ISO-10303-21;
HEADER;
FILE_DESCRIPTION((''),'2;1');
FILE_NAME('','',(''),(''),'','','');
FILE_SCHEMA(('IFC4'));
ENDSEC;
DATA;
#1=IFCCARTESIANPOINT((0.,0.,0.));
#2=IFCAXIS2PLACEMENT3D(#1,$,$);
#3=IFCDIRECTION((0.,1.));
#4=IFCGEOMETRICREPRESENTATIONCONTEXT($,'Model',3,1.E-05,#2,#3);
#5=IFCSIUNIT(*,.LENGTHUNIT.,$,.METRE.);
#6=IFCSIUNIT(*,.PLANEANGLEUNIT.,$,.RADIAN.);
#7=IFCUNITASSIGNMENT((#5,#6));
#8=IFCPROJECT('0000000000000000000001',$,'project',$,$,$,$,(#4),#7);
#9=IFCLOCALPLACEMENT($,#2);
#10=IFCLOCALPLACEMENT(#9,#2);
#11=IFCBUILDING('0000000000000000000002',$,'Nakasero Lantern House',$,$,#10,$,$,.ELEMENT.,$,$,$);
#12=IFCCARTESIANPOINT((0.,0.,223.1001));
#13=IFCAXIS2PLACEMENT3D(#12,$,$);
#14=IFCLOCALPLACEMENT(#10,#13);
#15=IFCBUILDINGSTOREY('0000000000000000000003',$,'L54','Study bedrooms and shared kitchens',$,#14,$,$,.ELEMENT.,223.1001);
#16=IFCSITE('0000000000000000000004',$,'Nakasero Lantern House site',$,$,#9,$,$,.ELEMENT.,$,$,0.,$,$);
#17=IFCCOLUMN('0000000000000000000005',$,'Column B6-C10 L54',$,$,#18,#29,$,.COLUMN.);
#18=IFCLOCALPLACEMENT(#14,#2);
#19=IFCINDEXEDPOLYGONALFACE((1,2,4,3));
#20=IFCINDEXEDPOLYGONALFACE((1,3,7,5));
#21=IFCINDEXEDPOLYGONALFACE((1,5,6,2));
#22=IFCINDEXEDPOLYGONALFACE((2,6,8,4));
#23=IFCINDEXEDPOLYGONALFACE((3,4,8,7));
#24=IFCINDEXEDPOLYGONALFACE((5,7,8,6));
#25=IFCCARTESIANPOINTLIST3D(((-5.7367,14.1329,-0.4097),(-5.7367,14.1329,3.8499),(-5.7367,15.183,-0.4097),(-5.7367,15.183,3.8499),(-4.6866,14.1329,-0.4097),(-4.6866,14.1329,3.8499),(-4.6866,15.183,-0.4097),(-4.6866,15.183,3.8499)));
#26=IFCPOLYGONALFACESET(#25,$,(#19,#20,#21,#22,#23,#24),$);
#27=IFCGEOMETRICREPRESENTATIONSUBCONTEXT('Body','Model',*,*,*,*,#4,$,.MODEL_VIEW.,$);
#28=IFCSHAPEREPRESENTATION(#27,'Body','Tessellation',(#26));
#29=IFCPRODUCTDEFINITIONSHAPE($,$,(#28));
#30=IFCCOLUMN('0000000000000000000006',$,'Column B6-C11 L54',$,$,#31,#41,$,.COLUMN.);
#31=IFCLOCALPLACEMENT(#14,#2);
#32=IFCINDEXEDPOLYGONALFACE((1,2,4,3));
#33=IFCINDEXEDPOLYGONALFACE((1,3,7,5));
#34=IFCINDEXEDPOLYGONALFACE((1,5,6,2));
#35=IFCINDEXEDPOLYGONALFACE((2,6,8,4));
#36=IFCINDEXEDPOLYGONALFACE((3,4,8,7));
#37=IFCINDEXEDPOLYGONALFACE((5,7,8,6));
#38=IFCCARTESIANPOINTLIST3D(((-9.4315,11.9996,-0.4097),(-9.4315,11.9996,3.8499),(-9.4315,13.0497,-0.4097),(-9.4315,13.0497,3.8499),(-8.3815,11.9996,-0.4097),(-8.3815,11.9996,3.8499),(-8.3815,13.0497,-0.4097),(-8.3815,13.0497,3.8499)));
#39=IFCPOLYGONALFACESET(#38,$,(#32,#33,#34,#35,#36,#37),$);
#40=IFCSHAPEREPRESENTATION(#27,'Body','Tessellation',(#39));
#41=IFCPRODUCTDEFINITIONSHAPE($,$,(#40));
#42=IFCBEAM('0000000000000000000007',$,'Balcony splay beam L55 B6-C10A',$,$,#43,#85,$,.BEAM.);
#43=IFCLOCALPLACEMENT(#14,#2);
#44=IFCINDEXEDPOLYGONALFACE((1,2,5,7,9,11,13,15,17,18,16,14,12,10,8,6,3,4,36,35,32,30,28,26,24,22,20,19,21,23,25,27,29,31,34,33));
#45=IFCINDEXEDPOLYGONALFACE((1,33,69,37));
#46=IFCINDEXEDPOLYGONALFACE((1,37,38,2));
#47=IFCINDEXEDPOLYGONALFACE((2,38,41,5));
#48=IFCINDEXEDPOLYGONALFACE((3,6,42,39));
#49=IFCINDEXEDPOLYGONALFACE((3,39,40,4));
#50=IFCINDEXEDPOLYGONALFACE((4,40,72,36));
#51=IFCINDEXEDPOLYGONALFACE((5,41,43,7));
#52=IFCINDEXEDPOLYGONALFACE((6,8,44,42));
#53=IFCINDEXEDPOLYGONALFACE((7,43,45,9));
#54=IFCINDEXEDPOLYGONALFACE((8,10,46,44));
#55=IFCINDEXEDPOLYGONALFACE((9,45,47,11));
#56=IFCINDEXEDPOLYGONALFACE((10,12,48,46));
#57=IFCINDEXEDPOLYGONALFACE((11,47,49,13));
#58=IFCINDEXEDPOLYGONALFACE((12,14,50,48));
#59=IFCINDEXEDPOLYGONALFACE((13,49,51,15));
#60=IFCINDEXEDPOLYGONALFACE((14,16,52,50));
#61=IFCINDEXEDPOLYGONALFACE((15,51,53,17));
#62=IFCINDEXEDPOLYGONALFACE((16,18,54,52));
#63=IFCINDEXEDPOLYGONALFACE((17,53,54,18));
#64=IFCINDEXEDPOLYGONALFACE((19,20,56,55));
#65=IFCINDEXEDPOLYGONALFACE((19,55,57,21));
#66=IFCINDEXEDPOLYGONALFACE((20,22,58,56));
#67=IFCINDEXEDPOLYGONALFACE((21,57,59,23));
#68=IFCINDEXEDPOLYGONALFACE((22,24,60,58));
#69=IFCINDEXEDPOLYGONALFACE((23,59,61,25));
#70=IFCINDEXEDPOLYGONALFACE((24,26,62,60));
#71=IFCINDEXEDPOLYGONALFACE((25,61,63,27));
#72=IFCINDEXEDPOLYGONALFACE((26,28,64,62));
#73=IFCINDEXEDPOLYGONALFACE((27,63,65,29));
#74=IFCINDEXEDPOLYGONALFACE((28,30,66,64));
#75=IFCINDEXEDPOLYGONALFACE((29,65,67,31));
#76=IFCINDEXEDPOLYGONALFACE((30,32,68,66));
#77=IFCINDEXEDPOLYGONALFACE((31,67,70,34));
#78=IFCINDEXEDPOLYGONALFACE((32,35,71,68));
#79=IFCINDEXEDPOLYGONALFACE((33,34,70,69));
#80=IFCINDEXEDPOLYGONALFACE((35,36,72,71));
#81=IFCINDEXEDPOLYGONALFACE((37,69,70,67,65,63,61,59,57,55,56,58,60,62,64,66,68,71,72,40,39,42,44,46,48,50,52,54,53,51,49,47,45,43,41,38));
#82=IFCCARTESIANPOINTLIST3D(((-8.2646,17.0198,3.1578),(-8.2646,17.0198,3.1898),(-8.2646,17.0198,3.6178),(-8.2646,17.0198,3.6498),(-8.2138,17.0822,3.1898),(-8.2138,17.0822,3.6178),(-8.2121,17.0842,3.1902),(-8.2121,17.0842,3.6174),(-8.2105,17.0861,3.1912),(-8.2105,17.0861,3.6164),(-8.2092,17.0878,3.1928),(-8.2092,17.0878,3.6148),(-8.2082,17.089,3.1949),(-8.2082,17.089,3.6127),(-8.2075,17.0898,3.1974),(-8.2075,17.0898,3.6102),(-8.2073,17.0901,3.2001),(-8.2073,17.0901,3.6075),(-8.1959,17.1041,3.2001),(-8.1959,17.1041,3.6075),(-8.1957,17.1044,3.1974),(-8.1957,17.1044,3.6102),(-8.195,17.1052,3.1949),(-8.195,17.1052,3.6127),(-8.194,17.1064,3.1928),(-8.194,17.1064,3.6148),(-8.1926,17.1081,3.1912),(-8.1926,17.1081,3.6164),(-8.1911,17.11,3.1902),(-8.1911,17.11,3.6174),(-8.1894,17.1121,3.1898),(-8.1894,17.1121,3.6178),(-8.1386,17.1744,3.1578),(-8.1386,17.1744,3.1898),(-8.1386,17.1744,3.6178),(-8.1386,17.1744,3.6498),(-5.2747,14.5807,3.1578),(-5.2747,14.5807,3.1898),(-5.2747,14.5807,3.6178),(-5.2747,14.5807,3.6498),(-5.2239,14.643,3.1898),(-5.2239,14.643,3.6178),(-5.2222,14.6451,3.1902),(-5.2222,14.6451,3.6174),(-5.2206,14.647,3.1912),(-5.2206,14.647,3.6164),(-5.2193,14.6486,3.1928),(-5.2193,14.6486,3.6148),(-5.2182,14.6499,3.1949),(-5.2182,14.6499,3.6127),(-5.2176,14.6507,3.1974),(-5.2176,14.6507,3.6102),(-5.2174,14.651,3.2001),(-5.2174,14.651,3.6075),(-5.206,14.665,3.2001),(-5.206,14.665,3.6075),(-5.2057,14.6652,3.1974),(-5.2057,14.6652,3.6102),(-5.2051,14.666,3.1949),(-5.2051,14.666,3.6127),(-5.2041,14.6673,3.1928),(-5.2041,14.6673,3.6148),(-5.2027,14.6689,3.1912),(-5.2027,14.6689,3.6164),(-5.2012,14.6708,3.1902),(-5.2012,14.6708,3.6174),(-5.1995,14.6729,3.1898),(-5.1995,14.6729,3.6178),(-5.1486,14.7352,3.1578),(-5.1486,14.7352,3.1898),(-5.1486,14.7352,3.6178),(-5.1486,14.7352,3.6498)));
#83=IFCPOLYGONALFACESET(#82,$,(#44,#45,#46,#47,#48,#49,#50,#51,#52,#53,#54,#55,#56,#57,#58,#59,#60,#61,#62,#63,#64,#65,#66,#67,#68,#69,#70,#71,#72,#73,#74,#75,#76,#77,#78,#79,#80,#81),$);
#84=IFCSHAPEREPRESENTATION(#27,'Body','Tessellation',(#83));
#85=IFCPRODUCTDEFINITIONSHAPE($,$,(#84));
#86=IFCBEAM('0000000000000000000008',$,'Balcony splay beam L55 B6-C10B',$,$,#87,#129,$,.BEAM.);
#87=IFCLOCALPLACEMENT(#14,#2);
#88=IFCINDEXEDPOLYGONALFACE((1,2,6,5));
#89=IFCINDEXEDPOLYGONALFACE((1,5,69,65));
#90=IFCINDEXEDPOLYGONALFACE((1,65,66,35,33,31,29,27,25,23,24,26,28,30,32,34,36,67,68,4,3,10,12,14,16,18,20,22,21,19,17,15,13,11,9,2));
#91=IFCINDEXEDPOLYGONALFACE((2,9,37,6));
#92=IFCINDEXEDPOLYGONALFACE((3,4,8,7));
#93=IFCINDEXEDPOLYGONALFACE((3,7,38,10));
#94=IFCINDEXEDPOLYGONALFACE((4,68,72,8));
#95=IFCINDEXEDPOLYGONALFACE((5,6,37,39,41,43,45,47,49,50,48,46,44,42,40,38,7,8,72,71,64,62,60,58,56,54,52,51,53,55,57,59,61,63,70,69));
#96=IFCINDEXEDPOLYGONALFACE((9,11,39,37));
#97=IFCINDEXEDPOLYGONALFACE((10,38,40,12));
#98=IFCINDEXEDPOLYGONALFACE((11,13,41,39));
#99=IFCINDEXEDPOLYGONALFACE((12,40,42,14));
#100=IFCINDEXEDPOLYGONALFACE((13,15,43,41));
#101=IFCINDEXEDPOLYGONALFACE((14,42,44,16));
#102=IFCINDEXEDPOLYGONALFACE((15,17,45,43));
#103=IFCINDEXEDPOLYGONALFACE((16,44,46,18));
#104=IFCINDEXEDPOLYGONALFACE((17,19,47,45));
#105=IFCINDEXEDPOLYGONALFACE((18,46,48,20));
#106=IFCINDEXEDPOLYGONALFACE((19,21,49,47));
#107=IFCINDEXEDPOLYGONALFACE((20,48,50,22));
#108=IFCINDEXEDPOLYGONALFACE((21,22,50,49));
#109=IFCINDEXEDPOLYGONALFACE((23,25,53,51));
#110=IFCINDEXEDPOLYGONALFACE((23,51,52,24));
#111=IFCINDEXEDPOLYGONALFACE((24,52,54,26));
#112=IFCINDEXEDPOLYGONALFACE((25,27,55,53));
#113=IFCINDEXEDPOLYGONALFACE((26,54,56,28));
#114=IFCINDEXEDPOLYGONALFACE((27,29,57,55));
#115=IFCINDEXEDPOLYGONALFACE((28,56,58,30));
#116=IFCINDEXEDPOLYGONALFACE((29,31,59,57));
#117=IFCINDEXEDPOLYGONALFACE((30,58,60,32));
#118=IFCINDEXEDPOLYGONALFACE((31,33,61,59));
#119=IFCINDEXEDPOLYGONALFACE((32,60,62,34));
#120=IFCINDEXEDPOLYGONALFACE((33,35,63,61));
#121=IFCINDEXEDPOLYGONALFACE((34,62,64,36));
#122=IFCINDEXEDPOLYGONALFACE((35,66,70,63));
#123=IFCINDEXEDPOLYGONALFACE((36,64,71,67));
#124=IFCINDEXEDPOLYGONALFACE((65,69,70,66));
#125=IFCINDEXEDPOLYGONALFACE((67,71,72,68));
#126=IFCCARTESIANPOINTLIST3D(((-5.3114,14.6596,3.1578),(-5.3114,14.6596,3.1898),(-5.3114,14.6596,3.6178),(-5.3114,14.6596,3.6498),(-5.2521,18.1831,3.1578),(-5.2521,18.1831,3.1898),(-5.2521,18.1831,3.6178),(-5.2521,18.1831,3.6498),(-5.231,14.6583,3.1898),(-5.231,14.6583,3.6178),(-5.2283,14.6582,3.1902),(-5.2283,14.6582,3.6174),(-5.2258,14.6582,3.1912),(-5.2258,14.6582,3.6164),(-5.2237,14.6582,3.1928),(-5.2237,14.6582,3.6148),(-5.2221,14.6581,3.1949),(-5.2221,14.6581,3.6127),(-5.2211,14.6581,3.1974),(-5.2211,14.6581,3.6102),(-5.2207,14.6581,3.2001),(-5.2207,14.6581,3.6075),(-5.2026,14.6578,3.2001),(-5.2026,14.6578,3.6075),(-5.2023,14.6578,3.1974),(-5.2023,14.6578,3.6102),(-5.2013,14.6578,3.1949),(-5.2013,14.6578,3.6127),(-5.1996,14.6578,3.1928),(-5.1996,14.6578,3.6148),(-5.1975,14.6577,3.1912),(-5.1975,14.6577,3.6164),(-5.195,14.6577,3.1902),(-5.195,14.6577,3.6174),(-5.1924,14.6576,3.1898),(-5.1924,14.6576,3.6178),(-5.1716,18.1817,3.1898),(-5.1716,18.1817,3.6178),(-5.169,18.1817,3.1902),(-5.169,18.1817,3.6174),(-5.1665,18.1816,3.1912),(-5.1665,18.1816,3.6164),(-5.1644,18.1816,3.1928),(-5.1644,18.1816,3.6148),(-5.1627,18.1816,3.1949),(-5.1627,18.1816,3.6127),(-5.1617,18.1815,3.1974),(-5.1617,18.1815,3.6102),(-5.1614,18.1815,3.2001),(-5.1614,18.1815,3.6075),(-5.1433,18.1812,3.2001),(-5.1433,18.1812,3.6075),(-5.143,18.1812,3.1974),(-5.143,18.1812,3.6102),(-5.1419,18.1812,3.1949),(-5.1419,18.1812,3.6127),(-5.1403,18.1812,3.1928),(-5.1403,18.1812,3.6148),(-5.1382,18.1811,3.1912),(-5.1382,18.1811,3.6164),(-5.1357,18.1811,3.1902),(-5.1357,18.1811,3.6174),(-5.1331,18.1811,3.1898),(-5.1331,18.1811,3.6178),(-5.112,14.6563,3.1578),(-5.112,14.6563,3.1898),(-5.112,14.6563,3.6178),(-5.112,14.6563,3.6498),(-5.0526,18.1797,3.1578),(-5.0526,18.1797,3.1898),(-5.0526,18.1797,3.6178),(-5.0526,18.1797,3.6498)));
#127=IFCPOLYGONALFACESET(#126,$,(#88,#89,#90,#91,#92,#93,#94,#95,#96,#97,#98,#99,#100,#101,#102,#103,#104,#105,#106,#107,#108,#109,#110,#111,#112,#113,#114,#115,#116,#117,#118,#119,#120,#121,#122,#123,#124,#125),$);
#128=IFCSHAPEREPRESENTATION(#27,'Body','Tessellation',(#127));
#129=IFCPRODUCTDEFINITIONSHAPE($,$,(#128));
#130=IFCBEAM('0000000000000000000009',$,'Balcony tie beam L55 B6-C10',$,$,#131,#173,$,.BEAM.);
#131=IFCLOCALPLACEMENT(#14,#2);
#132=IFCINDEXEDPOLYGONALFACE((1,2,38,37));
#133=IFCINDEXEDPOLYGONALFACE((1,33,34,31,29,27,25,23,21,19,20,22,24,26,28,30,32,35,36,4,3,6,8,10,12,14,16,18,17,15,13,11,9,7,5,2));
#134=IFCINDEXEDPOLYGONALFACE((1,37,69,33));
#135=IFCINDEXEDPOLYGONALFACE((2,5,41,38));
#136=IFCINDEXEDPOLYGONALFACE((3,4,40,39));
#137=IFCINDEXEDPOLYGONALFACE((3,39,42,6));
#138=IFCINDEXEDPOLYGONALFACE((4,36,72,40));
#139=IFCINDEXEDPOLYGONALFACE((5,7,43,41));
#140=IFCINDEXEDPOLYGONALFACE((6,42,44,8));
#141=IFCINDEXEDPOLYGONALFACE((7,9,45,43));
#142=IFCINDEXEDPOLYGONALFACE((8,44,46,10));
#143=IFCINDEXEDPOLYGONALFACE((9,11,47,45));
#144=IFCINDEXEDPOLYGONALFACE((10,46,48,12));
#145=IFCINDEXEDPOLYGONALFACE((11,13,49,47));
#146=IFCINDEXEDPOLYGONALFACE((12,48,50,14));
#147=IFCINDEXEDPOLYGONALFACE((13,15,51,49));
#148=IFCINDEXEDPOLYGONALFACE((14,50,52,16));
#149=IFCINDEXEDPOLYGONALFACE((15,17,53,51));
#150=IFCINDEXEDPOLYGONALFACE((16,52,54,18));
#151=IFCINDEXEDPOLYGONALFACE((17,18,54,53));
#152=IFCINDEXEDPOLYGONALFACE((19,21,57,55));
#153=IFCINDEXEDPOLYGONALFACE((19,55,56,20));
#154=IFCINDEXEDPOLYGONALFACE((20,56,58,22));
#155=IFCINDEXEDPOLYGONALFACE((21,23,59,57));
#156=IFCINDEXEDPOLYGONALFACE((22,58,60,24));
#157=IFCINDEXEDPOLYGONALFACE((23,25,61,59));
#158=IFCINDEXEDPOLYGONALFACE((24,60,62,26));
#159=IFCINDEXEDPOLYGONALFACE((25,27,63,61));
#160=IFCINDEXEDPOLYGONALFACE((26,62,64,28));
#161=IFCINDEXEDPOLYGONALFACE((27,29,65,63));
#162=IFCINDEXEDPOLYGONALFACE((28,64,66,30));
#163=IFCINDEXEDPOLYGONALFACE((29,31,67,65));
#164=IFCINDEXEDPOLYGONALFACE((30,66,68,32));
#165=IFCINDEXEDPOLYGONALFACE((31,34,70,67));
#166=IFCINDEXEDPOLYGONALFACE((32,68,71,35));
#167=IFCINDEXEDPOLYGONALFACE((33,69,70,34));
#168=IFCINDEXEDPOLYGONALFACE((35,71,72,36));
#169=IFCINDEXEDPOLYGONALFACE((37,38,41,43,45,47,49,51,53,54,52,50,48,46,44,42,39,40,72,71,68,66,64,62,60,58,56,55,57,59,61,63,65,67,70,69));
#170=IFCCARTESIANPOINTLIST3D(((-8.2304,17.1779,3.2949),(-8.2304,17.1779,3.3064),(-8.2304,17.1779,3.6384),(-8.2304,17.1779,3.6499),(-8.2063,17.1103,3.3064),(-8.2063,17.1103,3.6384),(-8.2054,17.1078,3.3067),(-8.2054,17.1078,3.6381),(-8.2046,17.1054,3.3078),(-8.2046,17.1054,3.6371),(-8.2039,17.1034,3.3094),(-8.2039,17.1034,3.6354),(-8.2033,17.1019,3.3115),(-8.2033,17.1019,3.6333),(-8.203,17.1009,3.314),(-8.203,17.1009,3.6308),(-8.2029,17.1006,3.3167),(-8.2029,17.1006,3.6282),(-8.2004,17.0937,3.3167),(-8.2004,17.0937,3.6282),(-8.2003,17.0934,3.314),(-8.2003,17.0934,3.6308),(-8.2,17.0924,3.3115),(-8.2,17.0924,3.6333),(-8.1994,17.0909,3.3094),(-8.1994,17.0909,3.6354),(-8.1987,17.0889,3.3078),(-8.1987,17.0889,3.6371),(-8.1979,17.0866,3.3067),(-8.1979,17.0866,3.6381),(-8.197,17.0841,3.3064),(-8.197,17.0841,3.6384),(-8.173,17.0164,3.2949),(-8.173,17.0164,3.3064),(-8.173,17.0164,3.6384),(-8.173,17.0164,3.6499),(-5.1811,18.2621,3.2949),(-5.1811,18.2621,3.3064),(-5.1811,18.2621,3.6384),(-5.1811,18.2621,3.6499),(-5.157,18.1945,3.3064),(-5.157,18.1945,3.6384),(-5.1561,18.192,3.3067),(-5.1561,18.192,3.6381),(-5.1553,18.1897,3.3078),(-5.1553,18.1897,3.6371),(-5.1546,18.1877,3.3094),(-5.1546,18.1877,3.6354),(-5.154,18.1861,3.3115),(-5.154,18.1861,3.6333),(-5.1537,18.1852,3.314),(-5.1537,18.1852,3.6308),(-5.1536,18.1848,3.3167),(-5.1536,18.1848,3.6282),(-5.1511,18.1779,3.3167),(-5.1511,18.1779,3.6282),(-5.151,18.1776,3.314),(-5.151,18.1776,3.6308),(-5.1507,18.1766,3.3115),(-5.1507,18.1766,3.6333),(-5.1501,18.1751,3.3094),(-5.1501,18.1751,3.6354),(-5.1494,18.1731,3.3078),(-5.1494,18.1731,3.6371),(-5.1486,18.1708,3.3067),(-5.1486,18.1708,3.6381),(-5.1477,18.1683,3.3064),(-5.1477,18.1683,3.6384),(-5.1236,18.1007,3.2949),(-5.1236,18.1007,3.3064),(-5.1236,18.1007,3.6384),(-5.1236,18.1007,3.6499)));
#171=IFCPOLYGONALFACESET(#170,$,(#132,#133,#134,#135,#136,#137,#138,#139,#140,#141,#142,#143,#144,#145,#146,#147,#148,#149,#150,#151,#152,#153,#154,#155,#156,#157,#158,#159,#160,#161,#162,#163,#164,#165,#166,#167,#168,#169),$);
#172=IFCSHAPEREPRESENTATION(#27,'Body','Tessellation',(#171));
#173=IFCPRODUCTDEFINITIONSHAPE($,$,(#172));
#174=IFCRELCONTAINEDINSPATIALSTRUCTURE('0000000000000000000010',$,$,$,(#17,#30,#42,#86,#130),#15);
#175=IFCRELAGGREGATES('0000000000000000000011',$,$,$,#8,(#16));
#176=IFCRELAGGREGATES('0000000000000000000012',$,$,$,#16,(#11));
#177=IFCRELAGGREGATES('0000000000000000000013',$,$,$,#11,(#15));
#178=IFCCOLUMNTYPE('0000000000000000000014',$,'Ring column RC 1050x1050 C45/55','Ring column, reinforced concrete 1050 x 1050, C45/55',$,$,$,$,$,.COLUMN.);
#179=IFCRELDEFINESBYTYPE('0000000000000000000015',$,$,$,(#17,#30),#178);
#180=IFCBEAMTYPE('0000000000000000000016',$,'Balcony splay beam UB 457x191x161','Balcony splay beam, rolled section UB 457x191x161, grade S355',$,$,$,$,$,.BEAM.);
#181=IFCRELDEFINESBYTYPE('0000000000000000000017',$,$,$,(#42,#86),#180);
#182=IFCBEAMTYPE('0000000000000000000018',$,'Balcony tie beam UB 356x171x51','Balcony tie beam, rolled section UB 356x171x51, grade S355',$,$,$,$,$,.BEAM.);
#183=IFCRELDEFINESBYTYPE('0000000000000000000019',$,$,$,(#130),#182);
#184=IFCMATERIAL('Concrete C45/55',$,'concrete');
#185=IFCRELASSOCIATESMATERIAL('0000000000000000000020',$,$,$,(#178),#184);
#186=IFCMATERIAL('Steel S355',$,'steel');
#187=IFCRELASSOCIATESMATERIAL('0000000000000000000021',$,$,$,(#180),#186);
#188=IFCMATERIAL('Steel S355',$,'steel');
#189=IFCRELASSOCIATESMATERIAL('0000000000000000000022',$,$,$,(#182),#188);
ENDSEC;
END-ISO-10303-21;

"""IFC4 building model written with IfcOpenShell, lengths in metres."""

from ifc_helpers import new_model, si_unit, direction, frame, origin, origin_2d, place, context, subcontext, project, spatial, rectangle, i_section, extrude, material, material_profile, profile_set, type_object, element, save


model = new_model("IFC4")

# Units and contexts
model_context = context("Model", 3, precision=1e-05, world=origin(), true_north=direction((0.0, 1.0)))
body_context = subcontext(model_context, "Body", "Model", "MODEL_VIEW")
ifc_project = project(units=[si_unit("LENGTHUNIT", "METRE"), si_unit("PLANEANGLEUNIT", "RADIAN")], contexts=[model_context])

# Site, building, storey
site_placement = place(None, origin())
site = spatial("IfcSite", under=ifc_project, at=site_placement, Name="Nakasero Lantern House site", CompositionType="ELEMENT", RefElevation=0.0)
building_placement = place(site_placement, origin())
building = spatial("IfcBuilding", under=site, at=building_placement, Name="Nakasero Lantern House", CompositionType="ELEMENT")
storey_placement = place(building_placement, frame((0.0, 0.0, 223.1001)))
storey = spatial("IfcBuildingStorey", under=building, at=storey_placement, Name="L54", Description="Study bedrooms and shared kitchens", CompositionType="ELEMENT", Elevation=223.1001)

# Columns
ifc_material_1 = material(Name="Concrete C45/55", Category="concrete")
ifc_material_profile_1 = material_profile(ifc_material_1, rectangle(XDim=1.05, YDim=1.05, at=origin_2d()), Name="RC 1050x1050")
ifc_profile_set_1 = profile_set([ifc_material_profile_1], Name="Concrete C45/55")
column_type = type_object("IfcColumnType", Name="Ring column RC 1050x1050 C45/55", Description="Ring column, reinforced concrete 1050 x 1050, C45/55", PredefinedType="COLUMN", material=ifc_profile_set_1)
for number, where, z_axis, x_axis, name in (
    (1, (-5.2117, 14.658, -0.4097), (0.0, 0.0, 1.0), (1.0, 0.0, 0.0), "Column B6-C10 L54"),
    (2, (-8.9065, 12.5247, -0.4097), (0.0, 0.0, 1.0), (1.0, 0.0, 0.0), "Column B6-C11 L54"),
):
    element("IfcColumn", number, at=place(storey_placement, frame(where, z_axis=z_axis, x_axis=x_axis)), inside=storey, type_object=column_type, Name=name, PredefinedType="COLUMN", context=body_context, shape_type="SweptSolid", body=[
        extrude(rectangle(XDim=1.05, YDim=1.05, at=origin_2d()), origin(), (0.0, 0.0, 1.0), 4.2595),
    ])

# Beams
ifc_material_2 = material(Name="Steel S355", Category="steel")
ifc_material_profile_2 = material_profile(ifc_material_2, i_section(OverallWidth=0.1995, OverallDepth=0.4919, WebThickness=0.0181, FlangeThickness=0.032, FilletRadius=0.0103, at=origin_2d()), Name="UB 457x191x161")
ifc_profile_set_2 = profile_set([ifc_material_profile_2], Name="Steel S355")
beam_type_1 = type_object("IfcBeamType", Name="Balcony splay beam UB 457x191x161", Description="Balcony splay beam, rolled section UB 457x191x161, grade S355", PredefinedType="BEAM", material=ifc_profile_set_2)
beam_1_placement = place(storey_placement, frame((-5.2117, 14.658, 3.4038), z_axis=(-0.774864, 0.632128, 0.0), x_axis=(-0.632128, -0.774864, 0.0)))
element("IfcBeam", 3, at=beam_1_placement, inside=storey, type_object=beam_type_1, Name="Balcony splay beam L55 B6-C10A", PredefinedType="BEAM", context=body_context, shape_type="SweptSolid", body=[
    extrude(i_section(OverallWidth=0.1995, OverallDepth=0.4919, WebThickness=0.0181, FlangeThickness=0.032, FilletRadius=0.0103, at=origin_2d()), origin(), (0.0, 0.0, 1.0), 3.8586),
])
beam_2_placement = place(storey_placement, frame((-5.2117, 14.658, 3.4038), z_axis=(0.016835, 0.999858, 0.0), x_axis=(-0.999858, 0.016835, 0.0)))
element("IfcBeam", 4, at=beam_2_placement, inside=storey, type_object=beam_type_1, Name="Balcony splay beam L55 B6-C10B", PredefinedType="BEAM", context=body_context, shape_type="SweptSolid", body=[
    extrude(i_section(OverallWidth=0.1995, OverallDepth=0.4919, WebThickness=0.0181, FlangeThickness=0.032, FilletRadius=0.0103, at=origin_2d()), origin(), (0.0, 0.0, 1.0), 3.5239),
])
ifc_material_3 = material(Name="Steel S355", Category="steel")
ifc_material_profile_3 = material_profile(ifc_material_3, i_section(OverallWidth=0.1714, OverallDepth=0.355, WebThickness=0.0073, FlangeThickness=0.0115, FilletRadius=0.0103, at=origin_2d()), Name="UB 356x171x51")
ifc_profile_set_3 = profile_set([ifc_material_profile_3], Name="Steel S355")
beam_type_2 = type_object("IfcBeamType", Name="Balcony tie beam UB 356x171x51", Description="Balcony tie beam, rolled section UB 356x171x51, grade S355", PredefinedType="BEAM", material=ifc_profile_set_3)
beam_3_placement = place(storey_placement, frame((-8.2017, 17.0972, 3.4724), z_axis=(0.942212, 0.335017, 0.0), x_axis=(-0.335017, 0.942212, 0.0)))
element("IfcBeam", 5, at=beam_3_placement, inside=storey, type_object=beam_type_2, Name="Balcony tie beam L55 B6-C10", PredefinedType="BEAM", context=body_context, shape_type="SweptSolid", body=[
    extrude(i_section(OverallWidth=0.1714, OverallDepth=0.355, WebThickness=0.0073, FlangeThickness=0.0115, FilletRadius=0.0103, at=origin_2d()), origin(), (0.0, 0.0, 1.0), 3.2363),
])

save(model, "model.ifc")
